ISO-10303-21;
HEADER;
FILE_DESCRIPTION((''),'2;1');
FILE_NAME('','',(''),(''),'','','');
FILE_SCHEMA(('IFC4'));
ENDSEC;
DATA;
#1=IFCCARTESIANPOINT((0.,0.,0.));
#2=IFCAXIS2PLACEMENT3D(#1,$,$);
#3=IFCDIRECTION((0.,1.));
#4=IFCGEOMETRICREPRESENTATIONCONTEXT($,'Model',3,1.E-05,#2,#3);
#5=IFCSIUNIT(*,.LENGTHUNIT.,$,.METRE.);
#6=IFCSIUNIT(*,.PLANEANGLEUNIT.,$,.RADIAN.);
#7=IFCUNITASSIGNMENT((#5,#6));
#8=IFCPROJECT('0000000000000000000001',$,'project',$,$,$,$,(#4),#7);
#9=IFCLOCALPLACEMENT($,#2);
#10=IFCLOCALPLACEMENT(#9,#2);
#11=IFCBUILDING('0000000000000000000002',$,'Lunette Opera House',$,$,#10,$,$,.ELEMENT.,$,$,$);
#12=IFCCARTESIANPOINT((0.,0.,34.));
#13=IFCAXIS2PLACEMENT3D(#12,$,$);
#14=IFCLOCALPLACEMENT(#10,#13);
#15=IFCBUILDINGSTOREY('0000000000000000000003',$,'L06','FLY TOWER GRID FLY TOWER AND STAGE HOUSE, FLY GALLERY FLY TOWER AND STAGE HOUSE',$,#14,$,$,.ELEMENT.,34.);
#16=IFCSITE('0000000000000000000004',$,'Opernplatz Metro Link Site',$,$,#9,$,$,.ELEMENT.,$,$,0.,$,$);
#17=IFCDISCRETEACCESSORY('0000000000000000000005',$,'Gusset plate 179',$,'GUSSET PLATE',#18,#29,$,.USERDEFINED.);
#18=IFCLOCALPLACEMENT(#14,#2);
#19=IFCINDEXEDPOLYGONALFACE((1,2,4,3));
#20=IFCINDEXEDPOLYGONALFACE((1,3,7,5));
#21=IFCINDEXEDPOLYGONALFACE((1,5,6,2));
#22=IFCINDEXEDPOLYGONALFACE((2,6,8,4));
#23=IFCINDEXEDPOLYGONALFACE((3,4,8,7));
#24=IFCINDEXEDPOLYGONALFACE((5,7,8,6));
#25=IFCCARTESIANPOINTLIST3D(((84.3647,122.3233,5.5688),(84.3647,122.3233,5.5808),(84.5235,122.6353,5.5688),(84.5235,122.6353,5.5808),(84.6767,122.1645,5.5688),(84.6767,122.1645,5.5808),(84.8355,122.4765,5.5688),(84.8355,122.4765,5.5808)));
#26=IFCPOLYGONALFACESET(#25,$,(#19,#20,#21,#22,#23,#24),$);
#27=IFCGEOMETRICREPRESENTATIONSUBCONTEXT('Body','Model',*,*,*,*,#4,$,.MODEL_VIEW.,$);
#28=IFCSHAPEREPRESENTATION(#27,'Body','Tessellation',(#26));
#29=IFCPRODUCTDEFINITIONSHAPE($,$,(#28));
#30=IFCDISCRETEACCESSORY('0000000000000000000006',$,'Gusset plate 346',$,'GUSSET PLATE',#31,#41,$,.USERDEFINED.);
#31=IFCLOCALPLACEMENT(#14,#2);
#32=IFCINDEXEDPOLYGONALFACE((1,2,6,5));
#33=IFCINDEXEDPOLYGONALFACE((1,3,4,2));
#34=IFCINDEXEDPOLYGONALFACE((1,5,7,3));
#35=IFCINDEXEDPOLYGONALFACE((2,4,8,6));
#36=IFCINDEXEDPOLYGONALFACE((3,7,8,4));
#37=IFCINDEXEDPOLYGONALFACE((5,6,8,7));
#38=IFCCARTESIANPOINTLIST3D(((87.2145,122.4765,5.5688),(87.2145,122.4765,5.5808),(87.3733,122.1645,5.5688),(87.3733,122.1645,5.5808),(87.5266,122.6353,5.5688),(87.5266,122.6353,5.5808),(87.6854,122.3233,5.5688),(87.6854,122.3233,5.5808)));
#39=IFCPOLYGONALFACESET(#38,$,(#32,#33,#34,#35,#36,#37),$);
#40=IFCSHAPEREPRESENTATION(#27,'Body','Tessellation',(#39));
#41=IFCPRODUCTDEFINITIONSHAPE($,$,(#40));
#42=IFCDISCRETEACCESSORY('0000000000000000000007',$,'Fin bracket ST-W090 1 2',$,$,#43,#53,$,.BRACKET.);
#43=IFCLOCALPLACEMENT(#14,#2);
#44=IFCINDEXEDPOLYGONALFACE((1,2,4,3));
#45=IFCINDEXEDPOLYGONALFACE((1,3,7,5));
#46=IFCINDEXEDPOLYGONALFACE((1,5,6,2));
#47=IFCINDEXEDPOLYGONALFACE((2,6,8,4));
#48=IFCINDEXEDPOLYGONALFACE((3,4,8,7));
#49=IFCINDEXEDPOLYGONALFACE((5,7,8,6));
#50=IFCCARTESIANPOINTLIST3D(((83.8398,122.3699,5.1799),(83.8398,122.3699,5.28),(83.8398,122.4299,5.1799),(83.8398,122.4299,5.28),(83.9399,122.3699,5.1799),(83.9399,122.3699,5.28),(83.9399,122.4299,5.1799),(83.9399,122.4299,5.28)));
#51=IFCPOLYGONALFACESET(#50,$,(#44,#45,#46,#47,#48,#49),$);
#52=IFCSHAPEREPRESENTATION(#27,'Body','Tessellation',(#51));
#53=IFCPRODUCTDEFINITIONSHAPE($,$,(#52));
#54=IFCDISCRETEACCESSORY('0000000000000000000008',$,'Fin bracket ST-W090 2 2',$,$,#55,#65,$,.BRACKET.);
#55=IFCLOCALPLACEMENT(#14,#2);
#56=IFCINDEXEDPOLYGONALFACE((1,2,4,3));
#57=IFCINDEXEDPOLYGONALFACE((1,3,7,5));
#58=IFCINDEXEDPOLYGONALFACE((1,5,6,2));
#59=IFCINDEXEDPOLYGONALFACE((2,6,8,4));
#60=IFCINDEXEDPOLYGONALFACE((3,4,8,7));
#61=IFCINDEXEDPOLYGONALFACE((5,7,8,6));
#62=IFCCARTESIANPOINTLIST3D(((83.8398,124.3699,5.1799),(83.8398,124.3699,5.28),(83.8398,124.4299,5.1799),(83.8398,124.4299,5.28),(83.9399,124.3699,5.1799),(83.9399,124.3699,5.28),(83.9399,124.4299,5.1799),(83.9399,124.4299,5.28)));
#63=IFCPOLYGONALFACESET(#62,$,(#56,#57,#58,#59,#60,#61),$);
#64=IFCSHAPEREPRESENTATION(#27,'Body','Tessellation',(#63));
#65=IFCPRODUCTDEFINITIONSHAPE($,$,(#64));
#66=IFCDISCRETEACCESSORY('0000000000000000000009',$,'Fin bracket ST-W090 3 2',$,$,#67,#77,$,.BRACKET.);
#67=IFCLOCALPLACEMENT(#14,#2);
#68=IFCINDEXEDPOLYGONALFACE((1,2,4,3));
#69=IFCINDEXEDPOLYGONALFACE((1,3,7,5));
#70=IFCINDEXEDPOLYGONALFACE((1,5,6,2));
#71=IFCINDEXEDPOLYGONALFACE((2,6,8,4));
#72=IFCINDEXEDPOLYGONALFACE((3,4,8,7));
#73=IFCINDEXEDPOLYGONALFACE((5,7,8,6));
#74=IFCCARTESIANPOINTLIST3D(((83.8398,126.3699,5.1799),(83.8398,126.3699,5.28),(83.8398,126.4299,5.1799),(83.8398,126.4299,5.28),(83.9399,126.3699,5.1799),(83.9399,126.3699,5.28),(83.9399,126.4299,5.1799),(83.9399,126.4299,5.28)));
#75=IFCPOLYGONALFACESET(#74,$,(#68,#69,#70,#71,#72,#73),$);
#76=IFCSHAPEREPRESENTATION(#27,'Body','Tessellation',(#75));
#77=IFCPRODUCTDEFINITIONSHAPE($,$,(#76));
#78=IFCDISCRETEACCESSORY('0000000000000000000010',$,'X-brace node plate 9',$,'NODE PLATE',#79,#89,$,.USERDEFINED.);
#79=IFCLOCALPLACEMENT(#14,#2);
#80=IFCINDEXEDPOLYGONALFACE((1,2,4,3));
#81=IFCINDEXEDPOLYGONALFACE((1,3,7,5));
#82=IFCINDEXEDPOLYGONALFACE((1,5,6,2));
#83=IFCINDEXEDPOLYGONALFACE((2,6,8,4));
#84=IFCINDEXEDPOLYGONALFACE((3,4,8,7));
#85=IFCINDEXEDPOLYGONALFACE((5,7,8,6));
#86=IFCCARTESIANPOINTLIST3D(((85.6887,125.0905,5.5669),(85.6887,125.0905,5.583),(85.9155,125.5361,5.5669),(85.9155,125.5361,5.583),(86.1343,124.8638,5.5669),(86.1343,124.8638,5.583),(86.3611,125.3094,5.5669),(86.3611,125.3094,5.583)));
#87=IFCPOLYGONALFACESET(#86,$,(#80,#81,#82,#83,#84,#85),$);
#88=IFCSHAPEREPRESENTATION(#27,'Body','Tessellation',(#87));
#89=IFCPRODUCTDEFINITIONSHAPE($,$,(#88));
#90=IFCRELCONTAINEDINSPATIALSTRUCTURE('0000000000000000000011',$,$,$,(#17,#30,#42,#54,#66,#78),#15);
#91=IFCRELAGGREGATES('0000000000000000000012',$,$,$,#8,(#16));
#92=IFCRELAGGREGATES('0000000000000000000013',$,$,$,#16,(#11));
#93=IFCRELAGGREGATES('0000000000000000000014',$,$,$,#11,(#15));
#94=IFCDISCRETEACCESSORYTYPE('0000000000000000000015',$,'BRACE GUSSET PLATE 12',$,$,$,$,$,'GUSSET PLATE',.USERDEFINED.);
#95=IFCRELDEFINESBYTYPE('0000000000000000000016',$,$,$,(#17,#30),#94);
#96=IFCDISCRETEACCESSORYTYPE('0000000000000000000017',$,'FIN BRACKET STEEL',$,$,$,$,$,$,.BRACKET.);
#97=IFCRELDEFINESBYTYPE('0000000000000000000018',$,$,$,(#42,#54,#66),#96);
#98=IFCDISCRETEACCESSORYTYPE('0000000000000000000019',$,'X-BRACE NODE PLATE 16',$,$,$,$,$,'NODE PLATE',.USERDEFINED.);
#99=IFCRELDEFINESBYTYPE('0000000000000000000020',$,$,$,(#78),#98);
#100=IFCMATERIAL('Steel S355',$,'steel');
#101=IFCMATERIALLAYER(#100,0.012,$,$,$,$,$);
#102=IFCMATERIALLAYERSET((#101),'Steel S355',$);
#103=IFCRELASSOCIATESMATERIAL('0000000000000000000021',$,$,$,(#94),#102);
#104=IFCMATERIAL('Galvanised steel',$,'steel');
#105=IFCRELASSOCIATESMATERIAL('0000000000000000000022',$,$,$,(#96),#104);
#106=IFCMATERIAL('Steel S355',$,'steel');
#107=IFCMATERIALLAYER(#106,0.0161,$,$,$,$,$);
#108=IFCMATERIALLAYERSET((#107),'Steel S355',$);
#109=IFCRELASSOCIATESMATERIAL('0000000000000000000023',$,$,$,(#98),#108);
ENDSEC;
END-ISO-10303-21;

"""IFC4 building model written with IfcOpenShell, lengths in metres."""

from ifc_helpers import new_model, si_unit, direction, frame, origin, origin_2d, place, context, subcontext, project, spatial, rectangle, extrude, material, layer, layer_set, type_object, element, save


model = new_model("IFC4")

# Units and contexts
model_context = context("Model", 3, precision=1e-05, world=origin(), true_north=direction((0.0, 1.0)))
body_context = subcontext(model_context, "Body", "Model", "MODEL_VIEW")
ifc_project = project(units=[si_unit("LENGTHUNIT", "METRE"), si_unit("PLANEANGLEUNIT", "RADIAN")], contexts=[model_context])

# Site, building, storey
site_placement = place(None, origin())
site = spatial("IfcSite", under=ifc_project, at=site_placement, Name="Opernplatz Metro Link Site", CompositionType="ELEMENT", RefElevation=0.0)
building_placement = place(site_placement, origin())
building = spatial("IfcBuilding", under=site, at=building_placement, Name="Lunette Opera House", CompositionType="ELEMENT")
storey_placement = place(building_placement, frame((0.0, 0.0, 34.0)))
storey = spatial("IfcBuildingStorey", under=building, at=storey_placement, Name="L06", Description="FLY TOWER GRID FLY TOWER AND STAGE HOUSE, FLY GALLERY FLY TOWER AND STAGE HOUSE", CompositionType="ELEMENT", Elevation=34.0)

# Discrete accessories
ifc_material_1 = material(Name="Steel S355", Category="steel")
ifc_layer_1 = layer(ifc_material_1, 0.012)
ifc_layer_set_1 = layer_set([ifc_layer_1], Name="Steel S355")
discrete_accessory_type_1 = type_object("IfcDiscreteAccessoryType", Name="BRACE GUSSET PLATE 12", ElementType="GUSSET PLATE", PredefinedType="USERDEFINED", material=ifc_layer_set_1)
for number, where, z_axis, x_axis, name in (
    (1, (84.6001, 122.3999, 5.5688), (0.0, 0.0, 1.0), (0.453567, 0.891222, 0.0), "Gusset plate 179"),
    (2, (87.45, 122.3999, 5.5688), (0.0, 0.0, 1.0), (-0.453567, 0.891222, 0.0), "Gusset plate 346"),
):
    element("IfcDiscreteAccessory", number, at=place(storey_placement, frame(where, z_axis=z_axis, x_axis=x_axis)), inside=storey, type_object=discrete_accessory_type_1, Name=name, ObjectType="GUSSET PLATE", PredefinedType="USERDEFINED", context=body_context, shape_type="SweptSolid", body=[
        extrude(rectangle(XDim=0.3501, YDim=0.3501, at=origin_2d()), origin(), (0.0, 0.0, 1.0), 0.012),
    ])
ifc_material_2 = material(Name="Galvanised steel", Category="steel")
discrete_accessory_type_2 = type_object("IfcDiscreteAccessoryType", Name="FIN BRACKET STEEL", PredefinedType="BRACKET", material=ifc_material_2)
for number, where, z_axis, x_axis, name in (
    (3, (83.8899, 122.3999, 5.1799), (0.0, 0.0, 1.0), (-1.0, 0.0, 0.0), "Fin bracket ST-W090 1 2"),
    (4, (83.8899, 124.3999, 5.1799), (0.0, 0.0, 1.0), (-1.0, 0.0, 0.0), "Fin bracket ST-W090 2 2"),
    (5, (83.8899, 126.3999, 5.1799), (0.0, 0.0, 1.0), (-1.0, 0.0, 0.0), "Fin bracket ST-W090 3 2"),
):
    element("IfcDiscreteAccessory", number, at=place(storey_placement, frame(where, z_axis=z_axis, x_axis=x_axis)), inside=storey, type_object=discrete_accessory_type_2, Name=name, PredefinedType="BRACKET", context=body_context, shape_type="SweptSolid", body=[
        extrude(rectangle(XDim=0.1001, YDim=0.0601, at=origin_2d()), origin(), (0.0, 0.0, 1.0), 0.1001),
    ])
ifc_material_3 = material(Name="Steel S355", Category="steel")
ifc_layer_2 = layer(ifc_material_3, 0.0161)
ifc_layer_set_2 = layer_set([ifc_layer_2], Name="Steel S355")
discrete_accessory_type_3 = type_object("IfcDiscreteAccessoryType", Name="X-BRACE NODE PLATE 16", ElementType="NODE PLATE", PredefinedType="USERDEFINED", material=ifc_layer_set_2)
discrete_accessory_1_placement = place(storey_placement, frame((86.0249, 125.2, 5.5669), z_axis=(0.0, 0.0, 1.0), x_axis=(0.453567, 0.891222, 0.0)))
element("IfcDiscreteAccessory", 6, at=discrete_accessory_1_placement, inside=storey, type_object=discrete_accessory_type_3, Name="X-brace node plate 9", ObjectType="NODE PLATE", PredefinedType="USERDEFINED", context=body_context, shape_type="SweptSolid", body=[
    extrude(rectangle(XDim=0.5, YDim=0.5, at=origin_2d()), origin(), (0.0, 0.0, 1.0), 0.0161),
])

save(model, "model.ifc")
